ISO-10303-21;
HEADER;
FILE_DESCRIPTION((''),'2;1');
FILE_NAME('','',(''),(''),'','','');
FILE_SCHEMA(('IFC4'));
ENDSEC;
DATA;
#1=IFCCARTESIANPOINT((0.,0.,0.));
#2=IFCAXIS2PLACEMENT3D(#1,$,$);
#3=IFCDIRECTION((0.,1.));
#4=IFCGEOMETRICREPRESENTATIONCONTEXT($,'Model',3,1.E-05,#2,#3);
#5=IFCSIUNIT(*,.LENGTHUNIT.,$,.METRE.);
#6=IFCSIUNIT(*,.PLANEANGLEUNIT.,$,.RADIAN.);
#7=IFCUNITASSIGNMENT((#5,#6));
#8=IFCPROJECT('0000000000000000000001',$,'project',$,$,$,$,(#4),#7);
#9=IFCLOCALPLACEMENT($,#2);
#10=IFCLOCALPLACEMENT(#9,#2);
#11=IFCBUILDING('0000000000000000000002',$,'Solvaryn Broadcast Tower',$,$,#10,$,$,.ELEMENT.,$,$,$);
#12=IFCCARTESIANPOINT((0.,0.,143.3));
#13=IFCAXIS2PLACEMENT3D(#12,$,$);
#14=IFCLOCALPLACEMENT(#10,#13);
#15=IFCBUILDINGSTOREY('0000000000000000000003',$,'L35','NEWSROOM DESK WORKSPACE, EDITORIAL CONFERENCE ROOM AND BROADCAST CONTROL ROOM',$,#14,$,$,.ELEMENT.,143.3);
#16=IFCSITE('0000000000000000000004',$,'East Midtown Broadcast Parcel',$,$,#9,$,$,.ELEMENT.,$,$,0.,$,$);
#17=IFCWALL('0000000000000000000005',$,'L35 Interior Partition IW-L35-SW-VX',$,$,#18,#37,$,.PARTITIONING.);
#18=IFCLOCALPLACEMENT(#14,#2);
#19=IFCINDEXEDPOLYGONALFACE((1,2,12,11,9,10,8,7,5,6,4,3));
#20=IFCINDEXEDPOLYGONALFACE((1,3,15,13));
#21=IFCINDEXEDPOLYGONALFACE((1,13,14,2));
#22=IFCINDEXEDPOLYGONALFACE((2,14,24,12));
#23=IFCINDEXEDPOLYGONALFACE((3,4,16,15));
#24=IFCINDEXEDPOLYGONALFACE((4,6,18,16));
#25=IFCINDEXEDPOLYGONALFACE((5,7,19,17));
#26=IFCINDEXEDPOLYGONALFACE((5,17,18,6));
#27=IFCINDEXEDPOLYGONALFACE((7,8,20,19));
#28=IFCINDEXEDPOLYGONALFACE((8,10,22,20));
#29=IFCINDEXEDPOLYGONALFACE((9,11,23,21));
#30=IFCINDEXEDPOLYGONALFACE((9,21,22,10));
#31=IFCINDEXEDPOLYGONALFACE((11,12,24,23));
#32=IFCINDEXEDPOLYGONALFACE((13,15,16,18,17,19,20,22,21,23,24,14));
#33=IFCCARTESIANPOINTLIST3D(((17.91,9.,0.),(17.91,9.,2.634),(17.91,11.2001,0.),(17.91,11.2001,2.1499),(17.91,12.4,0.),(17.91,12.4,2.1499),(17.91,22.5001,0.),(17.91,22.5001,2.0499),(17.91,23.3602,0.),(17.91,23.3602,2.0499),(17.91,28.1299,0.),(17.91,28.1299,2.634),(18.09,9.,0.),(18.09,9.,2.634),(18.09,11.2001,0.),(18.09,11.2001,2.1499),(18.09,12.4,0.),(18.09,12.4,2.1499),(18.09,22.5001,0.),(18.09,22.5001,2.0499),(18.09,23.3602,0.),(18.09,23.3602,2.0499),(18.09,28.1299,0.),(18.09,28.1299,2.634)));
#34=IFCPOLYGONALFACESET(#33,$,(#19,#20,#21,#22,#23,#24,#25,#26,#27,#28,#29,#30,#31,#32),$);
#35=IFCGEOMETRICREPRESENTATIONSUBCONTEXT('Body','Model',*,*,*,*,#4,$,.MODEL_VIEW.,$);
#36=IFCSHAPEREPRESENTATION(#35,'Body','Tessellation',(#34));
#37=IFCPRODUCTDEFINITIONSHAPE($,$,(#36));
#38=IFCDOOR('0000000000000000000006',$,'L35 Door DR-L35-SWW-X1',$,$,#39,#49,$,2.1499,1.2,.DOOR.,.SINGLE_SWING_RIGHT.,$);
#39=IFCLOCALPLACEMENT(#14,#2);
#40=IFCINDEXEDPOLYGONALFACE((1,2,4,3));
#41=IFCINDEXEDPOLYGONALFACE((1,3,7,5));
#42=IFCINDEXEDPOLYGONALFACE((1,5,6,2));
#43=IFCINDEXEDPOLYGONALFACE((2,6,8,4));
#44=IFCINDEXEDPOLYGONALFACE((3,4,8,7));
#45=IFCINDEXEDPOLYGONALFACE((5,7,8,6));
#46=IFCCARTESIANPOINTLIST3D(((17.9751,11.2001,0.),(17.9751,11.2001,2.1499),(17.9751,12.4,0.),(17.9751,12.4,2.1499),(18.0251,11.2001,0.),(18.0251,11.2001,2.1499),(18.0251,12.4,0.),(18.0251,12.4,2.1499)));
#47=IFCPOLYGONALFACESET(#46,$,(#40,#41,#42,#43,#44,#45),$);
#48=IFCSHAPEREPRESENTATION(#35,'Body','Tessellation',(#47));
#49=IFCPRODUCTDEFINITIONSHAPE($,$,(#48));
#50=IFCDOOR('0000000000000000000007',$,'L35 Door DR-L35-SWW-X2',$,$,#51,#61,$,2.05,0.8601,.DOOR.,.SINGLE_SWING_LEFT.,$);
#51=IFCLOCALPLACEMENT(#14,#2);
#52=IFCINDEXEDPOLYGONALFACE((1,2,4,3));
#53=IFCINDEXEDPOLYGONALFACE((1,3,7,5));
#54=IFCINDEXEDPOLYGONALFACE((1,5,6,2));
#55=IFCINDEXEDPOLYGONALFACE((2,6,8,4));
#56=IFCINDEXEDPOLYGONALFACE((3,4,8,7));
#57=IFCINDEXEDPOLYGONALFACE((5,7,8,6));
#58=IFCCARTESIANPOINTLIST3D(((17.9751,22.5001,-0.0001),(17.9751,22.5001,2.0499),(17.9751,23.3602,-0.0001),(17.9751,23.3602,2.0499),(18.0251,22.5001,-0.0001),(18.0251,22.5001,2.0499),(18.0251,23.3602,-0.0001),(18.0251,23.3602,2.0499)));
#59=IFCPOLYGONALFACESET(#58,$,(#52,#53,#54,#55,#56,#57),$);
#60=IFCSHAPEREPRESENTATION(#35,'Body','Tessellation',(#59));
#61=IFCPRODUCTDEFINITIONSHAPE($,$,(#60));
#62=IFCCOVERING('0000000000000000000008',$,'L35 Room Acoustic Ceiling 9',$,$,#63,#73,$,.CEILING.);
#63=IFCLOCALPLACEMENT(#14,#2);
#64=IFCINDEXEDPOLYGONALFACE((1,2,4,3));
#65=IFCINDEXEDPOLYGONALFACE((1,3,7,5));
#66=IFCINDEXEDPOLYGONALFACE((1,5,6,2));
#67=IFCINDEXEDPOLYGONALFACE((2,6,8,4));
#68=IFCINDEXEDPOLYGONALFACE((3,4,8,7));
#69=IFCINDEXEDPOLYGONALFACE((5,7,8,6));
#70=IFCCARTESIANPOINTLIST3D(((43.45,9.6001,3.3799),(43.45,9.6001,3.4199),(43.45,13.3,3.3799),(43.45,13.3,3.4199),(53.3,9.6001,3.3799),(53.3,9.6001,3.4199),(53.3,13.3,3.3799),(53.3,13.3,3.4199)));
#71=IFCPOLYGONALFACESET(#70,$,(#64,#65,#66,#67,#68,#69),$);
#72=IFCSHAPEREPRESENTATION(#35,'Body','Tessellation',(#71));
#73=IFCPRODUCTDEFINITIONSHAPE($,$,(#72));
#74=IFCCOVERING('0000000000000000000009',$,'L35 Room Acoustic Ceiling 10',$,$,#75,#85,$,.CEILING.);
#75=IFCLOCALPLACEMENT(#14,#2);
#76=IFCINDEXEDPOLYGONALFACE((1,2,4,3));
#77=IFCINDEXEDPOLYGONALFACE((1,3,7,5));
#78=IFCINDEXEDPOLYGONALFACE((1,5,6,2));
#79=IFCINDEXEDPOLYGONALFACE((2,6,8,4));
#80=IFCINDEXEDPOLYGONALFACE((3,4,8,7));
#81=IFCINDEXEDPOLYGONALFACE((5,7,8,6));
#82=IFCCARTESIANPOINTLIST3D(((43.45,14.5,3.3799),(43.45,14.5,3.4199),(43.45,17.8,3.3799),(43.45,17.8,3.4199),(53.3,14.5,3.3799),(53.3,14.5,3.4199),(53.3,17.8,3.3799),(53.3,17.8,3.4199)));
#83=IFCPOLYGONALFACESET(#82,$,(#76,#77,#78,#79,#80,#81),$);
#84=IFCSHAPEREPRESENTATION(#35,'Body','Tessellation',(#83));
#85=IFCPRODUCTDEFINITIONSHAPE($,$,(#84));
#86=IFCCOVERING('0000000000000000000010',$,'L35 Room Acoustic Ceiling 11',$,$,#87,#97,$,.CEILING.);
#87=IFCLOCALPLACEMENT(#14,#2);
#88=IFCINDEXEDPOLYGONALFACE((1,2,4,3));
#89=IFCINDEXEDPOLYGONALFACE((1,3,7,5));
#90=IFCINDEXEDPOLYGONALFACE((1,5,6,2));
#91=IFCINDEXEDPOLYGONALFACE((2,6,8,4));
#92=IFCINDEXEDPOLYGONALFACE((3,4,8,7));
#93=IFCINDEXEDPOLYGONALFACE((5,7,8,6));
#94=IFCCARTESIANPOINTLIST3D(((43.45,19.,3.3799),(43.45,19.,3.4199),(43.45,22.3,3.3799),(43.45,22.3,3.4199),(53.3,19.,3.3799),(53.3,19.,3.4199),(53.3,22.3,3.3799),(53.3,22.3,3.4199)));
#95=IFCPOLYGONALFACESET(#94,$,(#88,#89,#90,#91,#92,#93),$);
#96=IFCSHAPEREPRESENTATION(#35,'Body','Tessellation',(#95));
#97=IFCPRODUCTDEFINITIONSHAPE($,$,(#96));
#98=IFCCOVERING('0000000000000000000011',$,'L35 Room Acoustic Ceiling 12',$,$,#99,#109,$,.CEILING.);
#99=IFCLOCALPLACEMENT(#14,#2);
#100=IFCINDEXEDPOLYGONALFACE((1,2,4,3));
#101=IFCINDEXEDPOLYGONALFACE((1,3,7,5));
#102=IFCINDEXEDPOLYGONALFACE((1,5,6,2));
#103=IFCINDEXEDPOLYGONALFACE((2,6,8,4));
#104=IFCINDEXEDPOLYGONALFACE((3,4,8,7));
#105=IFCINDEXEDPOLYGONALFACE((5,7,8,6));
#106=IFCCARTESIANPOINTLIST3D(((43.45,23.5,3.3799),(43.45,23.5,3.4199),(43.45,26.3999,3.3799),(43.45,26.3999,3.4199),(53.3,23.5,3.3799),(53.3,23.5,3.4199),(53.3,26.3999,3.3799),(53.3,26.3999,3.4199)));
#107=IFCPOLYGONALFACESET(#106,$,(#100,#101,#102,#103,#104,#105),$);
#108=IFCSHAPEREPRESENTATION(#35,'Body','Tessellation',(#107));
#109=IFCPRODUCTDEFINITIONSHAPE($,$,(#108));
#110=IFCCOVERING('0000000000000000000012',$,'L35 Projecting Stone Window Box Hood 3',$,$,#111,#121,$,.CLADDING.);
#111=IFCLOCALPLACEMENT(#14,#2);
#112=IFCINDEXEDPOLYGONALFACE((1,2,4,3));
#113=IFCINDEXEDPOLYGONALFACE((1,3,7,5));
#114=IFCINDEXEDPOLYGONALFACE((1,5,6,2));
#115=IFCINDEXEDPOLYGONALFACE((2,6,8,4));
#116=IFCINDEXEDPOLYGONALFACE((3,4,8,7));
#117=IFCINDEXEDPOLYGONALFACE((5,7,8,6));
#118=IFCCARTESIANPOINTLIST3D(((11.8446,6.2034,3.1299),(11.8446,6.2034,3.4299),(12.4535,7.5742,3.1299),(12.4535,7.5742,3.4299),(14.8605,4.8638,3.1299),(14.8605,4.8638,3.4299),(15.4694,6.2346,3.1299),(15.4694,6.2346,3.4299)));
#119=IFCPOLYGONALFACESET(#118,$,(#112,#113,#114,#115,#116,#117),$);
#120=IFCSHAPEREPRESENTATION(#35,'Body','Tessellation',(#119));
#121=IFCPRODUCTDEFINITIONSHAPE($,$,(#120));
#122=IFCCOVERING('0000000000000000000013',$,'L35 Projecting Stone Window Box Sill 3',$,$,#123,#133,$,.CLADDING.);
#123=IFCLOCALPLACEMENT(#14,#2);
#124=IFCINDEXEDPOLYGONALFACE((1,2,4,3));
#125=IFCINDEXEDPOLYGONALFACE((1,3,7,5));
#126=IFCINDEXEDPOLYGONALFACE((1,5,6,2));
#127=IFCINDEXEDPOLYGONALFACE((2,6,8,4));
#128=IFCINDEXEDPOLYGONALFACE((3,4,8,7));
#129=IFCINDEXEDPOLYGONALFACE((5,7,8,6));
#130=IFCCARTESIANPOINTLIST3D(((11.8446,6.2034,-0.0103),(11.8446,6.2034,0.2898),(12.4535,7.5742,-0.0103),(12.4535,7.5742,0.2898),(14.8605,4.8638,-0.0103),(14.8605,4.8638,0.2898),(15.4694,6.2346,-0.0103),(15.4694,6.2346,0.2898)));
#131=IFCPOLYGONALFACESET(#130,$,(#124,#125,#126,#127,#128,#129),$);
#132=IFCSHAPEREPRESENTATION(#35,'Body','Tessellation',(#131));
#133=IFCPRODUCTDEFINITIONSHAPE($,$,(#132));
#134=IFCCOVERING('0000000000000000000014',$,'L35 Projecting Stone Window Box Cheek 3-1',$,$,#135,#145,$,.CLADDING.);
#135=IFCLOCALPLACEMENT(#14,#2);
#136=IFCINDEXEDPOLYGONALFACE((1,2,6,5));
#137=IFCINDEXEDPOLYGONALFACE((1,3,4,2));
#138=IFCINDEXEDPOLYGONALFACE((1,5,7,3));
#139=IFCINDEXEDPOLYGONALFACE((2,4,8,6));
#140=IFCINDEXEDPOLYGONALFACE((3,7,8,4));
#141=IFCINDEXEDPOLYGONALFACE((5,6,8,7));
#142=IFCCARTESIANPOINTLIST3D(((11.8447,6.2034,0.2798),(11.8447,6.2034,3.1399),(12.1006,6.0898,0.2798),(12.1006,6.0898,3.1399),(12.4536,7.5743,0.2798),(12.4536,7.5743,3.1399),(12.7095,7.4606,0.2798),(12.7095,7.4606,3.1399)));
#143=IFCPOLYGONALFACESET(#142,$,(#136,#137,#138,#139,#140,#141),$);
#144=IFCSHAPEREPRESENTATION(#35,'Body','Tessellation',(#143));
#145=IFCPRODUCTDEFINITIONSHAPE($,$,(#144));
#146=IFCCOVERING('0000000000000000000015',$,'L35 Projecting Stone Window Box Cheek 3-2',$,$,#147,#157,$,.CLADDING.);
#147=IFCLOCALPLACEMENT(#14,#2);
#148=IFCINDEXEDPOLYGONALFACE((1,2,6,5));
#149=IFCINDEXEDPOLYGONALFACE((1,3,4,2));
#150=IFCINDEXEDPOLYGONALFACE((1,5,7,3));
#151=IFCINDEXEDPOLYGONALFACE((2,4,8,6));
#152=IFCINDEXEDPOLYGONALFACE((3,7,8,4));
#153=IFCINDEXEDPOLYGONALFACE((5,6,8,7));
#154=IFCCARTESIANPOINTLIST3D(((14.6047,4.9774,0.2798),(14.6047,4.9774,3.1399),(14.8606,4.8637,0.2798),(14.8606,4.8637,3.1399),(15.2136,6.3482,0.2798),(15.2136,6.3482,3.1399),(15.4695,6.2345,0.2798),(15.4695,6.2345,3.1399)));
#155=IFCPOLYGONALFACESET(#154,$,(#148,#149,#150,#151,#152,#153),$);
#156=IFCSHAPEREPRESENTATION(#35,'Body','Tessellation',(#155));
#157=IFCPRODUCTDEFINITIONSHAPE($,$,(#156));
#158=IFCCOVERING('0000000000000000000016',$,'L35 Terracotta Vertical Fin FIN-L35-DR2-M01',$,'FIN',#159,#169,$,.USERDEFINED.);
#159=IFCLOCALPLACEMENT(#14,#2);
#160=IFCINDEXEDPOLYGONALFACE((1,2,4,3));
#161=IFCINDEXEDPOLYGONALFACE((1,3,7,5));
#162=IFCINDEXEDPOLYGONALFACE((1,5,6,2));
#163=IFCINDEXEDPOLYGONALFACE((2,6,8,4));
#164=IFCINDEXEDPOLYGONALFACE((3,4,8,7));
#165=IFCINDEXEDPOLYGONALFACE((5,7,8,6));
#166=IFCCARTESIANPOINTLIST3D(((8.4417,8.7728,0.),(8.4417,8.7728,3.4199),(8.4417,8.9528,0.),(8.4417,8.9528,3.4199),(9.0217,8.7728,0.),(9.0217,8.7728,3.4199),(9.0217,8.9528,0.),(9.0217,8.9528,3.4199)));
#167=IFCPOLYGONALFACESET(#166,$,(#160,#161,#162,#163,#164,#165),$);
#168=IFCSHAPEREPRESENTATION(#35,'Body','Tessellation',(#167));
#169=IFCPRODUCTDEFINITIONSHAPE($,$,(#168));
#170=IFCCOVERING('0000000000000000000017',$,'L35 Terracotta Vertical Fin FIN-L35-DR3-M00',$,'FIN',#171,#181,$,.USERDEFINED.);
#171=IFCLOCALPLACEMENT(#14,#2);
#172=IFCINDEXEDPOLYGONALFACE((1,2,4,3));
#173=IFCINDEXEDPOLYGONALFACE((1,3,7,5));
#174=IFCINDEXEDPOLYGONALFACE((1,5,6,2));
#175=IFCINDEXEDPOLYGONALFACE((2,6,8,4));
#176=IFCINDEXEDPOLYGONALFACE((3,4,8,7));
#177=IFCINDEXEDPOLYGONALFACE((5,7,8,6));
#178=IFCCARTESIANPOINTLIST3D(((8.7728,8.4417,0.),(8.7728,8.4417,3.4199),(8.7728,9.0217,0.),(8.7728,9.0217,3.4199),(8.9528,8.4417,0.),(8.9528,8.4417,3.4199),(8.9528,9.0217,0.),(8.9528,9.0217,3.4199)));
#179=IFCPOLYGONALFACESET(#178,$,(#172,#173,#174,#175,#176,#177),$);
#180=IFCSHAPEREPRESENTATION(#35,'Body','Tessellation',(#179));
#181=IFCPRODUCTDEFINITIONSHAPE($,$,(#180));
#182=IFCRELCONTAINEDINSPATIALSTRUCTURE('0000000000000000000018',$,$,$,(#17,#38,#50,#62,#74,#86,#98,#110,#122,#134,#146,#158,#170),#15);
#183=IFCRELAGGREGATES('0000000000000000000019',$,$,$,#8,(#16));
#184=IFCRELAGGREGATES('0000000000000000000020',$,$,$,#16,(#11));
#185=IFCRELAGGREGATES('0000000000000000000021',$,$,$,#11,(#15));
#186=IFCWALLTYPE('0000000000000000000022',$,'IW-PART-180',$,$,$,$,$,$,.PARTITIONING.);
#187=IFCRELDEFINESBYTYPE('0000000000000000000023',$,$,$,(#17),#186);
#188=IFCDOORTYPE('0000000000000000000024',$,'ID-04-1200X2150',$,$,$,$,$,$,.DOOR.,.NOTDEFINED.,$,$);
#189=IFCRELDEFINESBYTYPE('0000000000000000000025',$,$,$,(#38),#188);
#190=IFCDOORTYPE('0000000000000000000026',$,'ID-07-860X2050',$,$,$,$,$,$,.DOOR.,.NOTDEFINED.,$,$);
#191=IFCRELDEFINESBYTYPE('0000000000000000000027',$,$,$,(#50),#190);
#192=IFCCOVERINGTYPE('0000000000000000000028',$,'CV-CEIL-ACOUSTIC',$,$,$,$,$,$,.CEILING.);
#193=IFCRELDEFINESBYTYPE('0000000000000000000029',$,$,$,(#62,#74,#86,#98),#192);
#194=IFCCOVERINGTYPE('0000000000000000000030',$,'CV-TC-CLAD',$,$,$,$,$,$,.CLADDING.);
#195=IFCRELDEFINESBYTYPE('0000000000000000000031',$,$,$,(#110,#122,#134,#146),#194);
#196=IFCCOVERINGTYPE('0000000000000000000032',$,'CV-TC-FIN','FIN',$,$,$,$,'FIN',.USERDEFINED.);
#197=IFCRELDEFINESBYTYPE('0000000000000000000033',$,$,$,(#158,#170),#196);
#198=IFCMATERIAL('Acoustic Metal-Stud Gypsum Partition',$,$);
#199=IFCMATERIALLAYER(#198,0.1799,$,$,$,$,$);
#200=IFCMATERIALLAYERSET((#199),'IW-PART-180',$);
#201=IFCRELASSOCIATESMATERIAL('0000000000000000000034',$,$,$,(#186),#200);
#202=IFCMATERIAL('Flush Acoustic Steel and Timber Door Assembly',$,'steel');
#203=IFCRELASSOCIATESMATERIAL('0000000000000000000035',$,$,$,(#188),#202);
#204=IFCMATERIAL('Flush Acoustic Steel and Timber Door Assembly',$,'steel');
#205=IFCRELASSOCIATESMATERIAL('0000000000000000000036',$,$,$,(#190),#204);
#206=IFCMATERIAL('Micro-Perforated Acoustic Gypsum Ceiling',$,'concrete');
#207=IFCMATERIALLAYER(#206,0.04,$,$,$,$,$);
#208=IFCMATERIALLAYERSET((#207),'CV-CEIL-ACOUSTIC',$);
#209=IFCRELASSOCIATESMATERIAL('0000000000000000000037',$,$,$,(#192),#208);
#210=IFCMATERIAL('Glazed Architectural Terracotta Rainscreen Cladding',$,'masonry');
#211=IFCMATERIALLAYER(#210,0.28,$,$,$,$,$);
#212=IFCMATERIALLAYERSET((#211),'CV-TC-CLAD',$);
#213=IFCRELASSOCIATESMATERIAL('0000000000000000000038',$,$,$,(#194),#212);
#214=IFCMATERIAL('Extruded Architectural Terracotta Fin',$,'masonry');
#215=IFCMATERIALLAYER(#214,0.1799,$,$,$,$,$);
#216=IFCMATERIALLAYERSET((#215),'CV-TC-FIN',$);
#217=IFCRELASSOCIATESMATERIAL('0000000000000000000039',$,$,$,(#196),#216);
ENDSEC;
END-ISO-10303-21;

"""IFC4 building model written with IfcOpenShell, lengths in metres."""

from ifc_helpers import new_model, si_unit, direction, frame, frame_2d, origin, origin_2d, place, context, subcontext, project, spatial, polyline, rectangle, outline, extrude, material, layer, layer_set, type_object, element, fill, save


model = new_model("IFC4")

# Units and contexts
model_context = context("Model", 3, precision=1e-05, world=origin(), true_north=direction((0.0, 1.0)))
body_context = subcontext(model_context, "Body", "Model", "MODEL_VIEW")
ifc_project = project(units=[si_unit("LENGTHUNIT", "METRE"), si_unit("PLANEANGLEUNIT", "RADIAN")], contexts=[model_context])

# Site, building, storey
site_placement = place(None, origin())
site = spatial("IfcSite", under=ifc_project, at=site_placement, Name="East Midtown Broadcast Parcel", CompositionType="ELEMENT", RefElevation=0.0)
building_placement = place(site_placement, origin())
building = spatial("IfcBuilding", under=site, at=building_placement, Name="Solvaryn Broadcast Tower", CompositionType="ELEMENT")
storey_placement = place(building_placement, frame((0.0, 0.0, 143.3)))
storey = spatial("IfcBuildingStorey", under=building, at=storey_placement, Name="L35", Description="NEWSROOM DESK WORKSPACE, EDITORIAL CONFERENCE ROOM AND BROADCAST CONTROL ROOM", CompositionType="ELEMENT", Elevation=143.3)

# Wall, openings, doors
ifc_material_1 = material(Name="Acoustic Metal-Stud Gypsum Partition")
ifc_layer_1 = layer(ifc_material_1, 0.1799)
ifc_layer_set_1 = layer_set([ifc_layer_1], Name="IW-PART-180")
wall_type_1 = type_object("IfcWallType", Name="IW-PART-180", PredefinedType="PARTITIONING", material=ifc_layer_set_1)
wall_1_placement = place(storey_placement, frame((18.0, 9.0, 0.0), z_axis=(0.0, 0.0, 1.0), x_axis=(0.0, 1.0, 0.0)))
wall_1 = element("IfcWall", 1, at=wall_1_placement, inside=storey, type_object=wall_type_1, Name="L35 Interior Partition IW-L35-SW-VX", PredefinedType="PARTITIONING", context=body_context, shape_type="SweptSolid", body=[
    extrude(rectangle(XDim=19.1299, YDim=0.1799, at=frame_2d((9.5649, 0.0))), origin(), (0.0, 0.0, 1.0), 2.634),
])
opening_1_placement = place(wall_1_placement, frame((2.2, 0.0, 0.0)))
opening_1 = element("IfcOpeningElement", 2, at=opening_1_placement, cuts=wall_1, PredefinedType="OPENING", context=body_context, shape_type="SweptSolid", body=[
    extrude(rectangle(XDim=1.2, YDim=2.1499, at=frame_2d((0.6001, 1.075))), frame((0.0, 0.0999, 0.0), z_axis=(0.0, -1.0, 0.0), x_axis=(1.0, 0.0, 0.0)), (0.0, 0.0, 1.0), 0.2),
])
opening_2_placement = place(wall_1_placement, frame((13.5, 0.0, 0.0)))
opening_2 = element("IfcOpeningElement", 3, at=opening_2_placement, cuts=wall_1, PredefinedType="OPENING", context=body_context, shape_type="SweptSolid", body=[
    extrude(rectangle(XDim=0.8601, YDim=2.05, at=frame_2d((0.4302, 1.0249))), frame((0.0, 0.0999, 0.0), z_axis=(0.0, -1.0, 0.0), x_axis=(1.0, 0.0, 0.0)), (0.0, 0.0, 1.0), 0.2),
])
ifc_material_2 = material(Name="Flush Acoustic Steel and Timber Door Assembly", Category="steel")
door_type_1 = type_object("IfcDoorType", Name="ID-04-1200X2150", OperationType="NOTDEFINED", PredefinedType="DOOR", material=ifc_material_2)
door_1_placement = place(opening_1_placement, origin())
door_1 = element("IfcDoor", 4, at=door_1_placement, inside=storey, type_object=door_type_1, Name="L35 Door DR-L35-SWW-X1", OperationType="SINGLE_SWING_RIGHT", OverallHeight=2.1499, OverallWidth=1.2, PredefinedType="DOOR", context=body_context, shape_type="SweptSolid", body=[
    extrude(rectangle(XDim=1.2, YDim=2.1499, at=frame_2d((0.6001, 1.075))), frame((0.0, 0.0249, 0.0), z_axis=(0.0, -1.0, 0.0), x_axis=(1.0, 0.0, 0.0)), (0.0, 0.0, 1.0), 0.05),
])
fill(opening_1, door_1)
ifc_material_3 = material(Name="Flush Acoustic Steel and Timber Door Assembly", Category="steel")
door_type_2 = type_object("IfcDoorType", Name="ID-07-860X2050", OperationType="NOTDEFINED", PredefinedType="DOOR", material=ifc_material_3)
door_2_placement = place(opening_2_placement, origin())
door_2 = element("IfcDoor", 5, at=door_2_placement, inside=storey, type_object=door_type_2, Name="L35 Door DR-L35-SWW-X2", OperationType="SINGLE_SWING_LEFT", OverallHeight=2.05, OverallWidth=0.8601, PredefinedType="DOOR", context=body_context, shape_type="SweptSolid", body=[
    extrude(rectangle(XDim=0.8601, YDim=2.05, at=frame_2d((0.4302, 1.0249))), frame((0.0, 0.0249, 0.0), z_axis=(0.0, -1.0, 0.0), x_axis=(1.0, 0.0, 0.0)), (0.0, 0.0, 1.0), 0.05),
])
fill(opening_2, door_2)

# Coverings
ifc_material_4 = material(Name="Micro-Perforated Acoustic Gypsum Ceiling", Category="concrete")
ifc_layer_2 = layer(ifc_material_4, 0.04)
ifc_layer_set_2 = layer_set([ifc_layer_2], Name="CV-CEIL-ACOUSTIC")
covering_type_1 = type_object("IfcCoveringType", Name="CV-CEIL-ACOUSTIC", PredefinedType="CEILING", material=ifc_layer_set_2)
covering_1_placement = place(storey_placement, frame((0.0, 0.0, 3.3799)))
element("IfcCovering", 6, at=covering_1_placement, inside=storey, type_object=covering_type_1, Name="L35 Room Acoustic Ceiling 9", PredefinedType="CEILING", context=body_context, shape_type="SweptSolid", body=[
    extrude(outline(polyline([(43.45, 9.6001), (53.3, 9.6001), (53.3, 13.3), (43.45, 13.3), (43.45, 9.6001)])), origin(), (0.0, 0.0, 1.0), 0.04),
])
covering_2_placement = place(storey_placement, frame((0.0, 0.0, 3.3799)))
element("IfcCovering", 7, at=covering_2_placement, inside=storey, type_object=covering_type_1, Name="L35 Room Acoustic Ceiling 10", PredefinedType="CEILING", context=body_context, shape_type="SweptSolid", body=[
    extrude(outline(polyline([(43.45, 14.5), (53.3, 14.5), (53.3, 17.8), (43.45, 17.8), (43.45, 14.5)])), origin(), (0.0, 0.0, 1.0), 0.04),
])
covering_3_placement = place(storey_placement, frame((0.0, 0.0, 3.3799)))
element("IfcCovering", 8, at=covering_3_placement, inside=storey, type_object=covering_type_1, Name="L35 Room Acoustic Ceiling 11", PredefinedType="CEILING", context=body_context, shape_type="SweptSolid", body=[
    extrude(outline(polyline([(43.45, 19.0), (53.3, 19.0), (53.3, 22.3), (43.45, 22.3), (43.45, 19.0)])), origin(), (0.0, 0.0, 1.0), 0.04),
])
covering_4_placement = place(storey_placement, frame((0.0, 0.0, 3.3799)))
element("IfcCovering", 9, at=covering_4_placement, inside=storey, type_object=covering_type_1, Name="L35 Room Acoustic Ceiling 12", PredefinedType="CEILING", context=body_context, shape_type="SweptSolid", body=[
    extrude(outline(polyline([(43.45, 23.5), (53.3, 23.5), (53.3, 26.3999), (43.45, 26.3999), (43.45, 23.5)])), origin(), (0.0, 0.0, 1.0), 0.04),
])
ifc_material_5 = material(Name="Glazed Architectural Terracotta Rainscreen Cladding", Category="masonry")
ifc_layer_3 = layer(ifc_material_5, 0.28)
ifc_layer_set_3 = layer_set([ifc_layer_3], Name="CV-TC-CLAD")
covering_type_2 = type_object("IfcCoveringType", Name="CV-TC-CLAD", PredefinedType="CLADDING", material=ifc_layer_set_3)
for number, where, z_axis, x_axis, name in (
    (10, (13.657, 6.219, 3.1299), (0.0, 0.0, 1.0), (0.9139, -0.405939, 0.0), "L35 Projecting Stone Window Box Hood 3"),
    (11, (13.657, 6.219, -0.0103), (0.0, 0.0, 1.0), (0.9139, -0.405939, 0.0), "L35 Projecting Stone Window Box Sill 3"),
):
    element("IfcCovering", number, at=place(storey_placement, frame(where, z_axis=z_axis, x_axis=x_axis)), inside=storey, type_object=covering_type_2, Name=name, PredefinedType="CLADDING", context=body_context, shape_type="SweptSolid", body=[
        extrude(rectangle(XDim=3.3, YDim=1.5, at=origin_2d()), origin(), (0.0, 0.0, 1.0), 0.3),
    ])
for number, where, z_axis, x_axis, name in (
    (12, (12.2771, 6.832, 0.2798), (0.0, 0.0, 1.0), (0.9139, -0.405939, 0.0), "L35 Projecting Stone Window Box Cheek 3-1"),
    (13, (15.0371, 5.606, 0.2798), (0.0, 0.0, 1.0), (0.9139, -0.405939, 0.0), "L35 Projecting Stone Window Box Cheek 3-2"),
):
    element("IfcCovering", number, at=place(storey_placement, frame(where, z_axis=z_axis, x_axis=x_axis)), inside=storey, type_object=covering_type_2, Name=name, PredefinedType="CLADDING", context=body_context, shape_type="SweptSolid", body=[
        extrude(rectangle(XDim=0.28, YDim=1.5, at=origin_2d()), origin(), (0.0, 0.0, 1.0), 2.8601),
    ])
ifc_material_6 = material(Name="Extruded Architectural Terracotta Fin", Category="masonry")
ifc_layer_4 = layer(ifc_material_6, 0.1799)
ifc_layer_set_4 = layer_set([ifc_layer_4], Name="CV-TC-FIN")
covering_type_3 = type_object("IfcCoveringType", Name="CV-TC-FIN", Description="FIN", ElementType="FIN", PredefinedType="USERDEFINED", material=ifc_layer_set_4)
covering_5_placement = place(storey_placement, frame((8.7317, 8.8628, 0.0), z_axis=(0.0, 0.0, 1.0), x_axis=(1.0, 0.0, 0.0)))
element("IfcCovering", 14, at=covering_5_placement, inside=storey, type_object=covering_type_3, Name="L35 Terracotta Vertical Fin FIN-L35-DR2-M01", ObjectType="FIN", PredefinedType="USERDEFINED", context=body_context, shape_type="SweptSolid", body=[
    extrude(rectangle(XDim=0.5801, YDim=0.1799, at=origin_2d()), origin(), (0.0, 0.0, 1.0), 3.4199),
])
covering_6_placement = place(storey_placement, frame((8.8628, 8.7317, 0.0), z_axis=(0.0, 0.0, 1.0), x_axis=(1.0, 0.0, 0.0)))
element("IfcCovering", 15, at=covering_6_placement, inside=storey, type_object=covering_type_3, Name="L35 Terracotta Vertical Fin FIN-L35-DR3-M00", ObjectType="FIN", PredefinedType="USERDEFINED", context=body_context, shape_type="SweptSolid", body=[
    extrude(rectangle(XDim=0.1799, YDim=0.5801, at=origin_2d()), origin(), (0.0, 0.0, 1.0), 3.4199),
])

save(model, "model.ifc")
